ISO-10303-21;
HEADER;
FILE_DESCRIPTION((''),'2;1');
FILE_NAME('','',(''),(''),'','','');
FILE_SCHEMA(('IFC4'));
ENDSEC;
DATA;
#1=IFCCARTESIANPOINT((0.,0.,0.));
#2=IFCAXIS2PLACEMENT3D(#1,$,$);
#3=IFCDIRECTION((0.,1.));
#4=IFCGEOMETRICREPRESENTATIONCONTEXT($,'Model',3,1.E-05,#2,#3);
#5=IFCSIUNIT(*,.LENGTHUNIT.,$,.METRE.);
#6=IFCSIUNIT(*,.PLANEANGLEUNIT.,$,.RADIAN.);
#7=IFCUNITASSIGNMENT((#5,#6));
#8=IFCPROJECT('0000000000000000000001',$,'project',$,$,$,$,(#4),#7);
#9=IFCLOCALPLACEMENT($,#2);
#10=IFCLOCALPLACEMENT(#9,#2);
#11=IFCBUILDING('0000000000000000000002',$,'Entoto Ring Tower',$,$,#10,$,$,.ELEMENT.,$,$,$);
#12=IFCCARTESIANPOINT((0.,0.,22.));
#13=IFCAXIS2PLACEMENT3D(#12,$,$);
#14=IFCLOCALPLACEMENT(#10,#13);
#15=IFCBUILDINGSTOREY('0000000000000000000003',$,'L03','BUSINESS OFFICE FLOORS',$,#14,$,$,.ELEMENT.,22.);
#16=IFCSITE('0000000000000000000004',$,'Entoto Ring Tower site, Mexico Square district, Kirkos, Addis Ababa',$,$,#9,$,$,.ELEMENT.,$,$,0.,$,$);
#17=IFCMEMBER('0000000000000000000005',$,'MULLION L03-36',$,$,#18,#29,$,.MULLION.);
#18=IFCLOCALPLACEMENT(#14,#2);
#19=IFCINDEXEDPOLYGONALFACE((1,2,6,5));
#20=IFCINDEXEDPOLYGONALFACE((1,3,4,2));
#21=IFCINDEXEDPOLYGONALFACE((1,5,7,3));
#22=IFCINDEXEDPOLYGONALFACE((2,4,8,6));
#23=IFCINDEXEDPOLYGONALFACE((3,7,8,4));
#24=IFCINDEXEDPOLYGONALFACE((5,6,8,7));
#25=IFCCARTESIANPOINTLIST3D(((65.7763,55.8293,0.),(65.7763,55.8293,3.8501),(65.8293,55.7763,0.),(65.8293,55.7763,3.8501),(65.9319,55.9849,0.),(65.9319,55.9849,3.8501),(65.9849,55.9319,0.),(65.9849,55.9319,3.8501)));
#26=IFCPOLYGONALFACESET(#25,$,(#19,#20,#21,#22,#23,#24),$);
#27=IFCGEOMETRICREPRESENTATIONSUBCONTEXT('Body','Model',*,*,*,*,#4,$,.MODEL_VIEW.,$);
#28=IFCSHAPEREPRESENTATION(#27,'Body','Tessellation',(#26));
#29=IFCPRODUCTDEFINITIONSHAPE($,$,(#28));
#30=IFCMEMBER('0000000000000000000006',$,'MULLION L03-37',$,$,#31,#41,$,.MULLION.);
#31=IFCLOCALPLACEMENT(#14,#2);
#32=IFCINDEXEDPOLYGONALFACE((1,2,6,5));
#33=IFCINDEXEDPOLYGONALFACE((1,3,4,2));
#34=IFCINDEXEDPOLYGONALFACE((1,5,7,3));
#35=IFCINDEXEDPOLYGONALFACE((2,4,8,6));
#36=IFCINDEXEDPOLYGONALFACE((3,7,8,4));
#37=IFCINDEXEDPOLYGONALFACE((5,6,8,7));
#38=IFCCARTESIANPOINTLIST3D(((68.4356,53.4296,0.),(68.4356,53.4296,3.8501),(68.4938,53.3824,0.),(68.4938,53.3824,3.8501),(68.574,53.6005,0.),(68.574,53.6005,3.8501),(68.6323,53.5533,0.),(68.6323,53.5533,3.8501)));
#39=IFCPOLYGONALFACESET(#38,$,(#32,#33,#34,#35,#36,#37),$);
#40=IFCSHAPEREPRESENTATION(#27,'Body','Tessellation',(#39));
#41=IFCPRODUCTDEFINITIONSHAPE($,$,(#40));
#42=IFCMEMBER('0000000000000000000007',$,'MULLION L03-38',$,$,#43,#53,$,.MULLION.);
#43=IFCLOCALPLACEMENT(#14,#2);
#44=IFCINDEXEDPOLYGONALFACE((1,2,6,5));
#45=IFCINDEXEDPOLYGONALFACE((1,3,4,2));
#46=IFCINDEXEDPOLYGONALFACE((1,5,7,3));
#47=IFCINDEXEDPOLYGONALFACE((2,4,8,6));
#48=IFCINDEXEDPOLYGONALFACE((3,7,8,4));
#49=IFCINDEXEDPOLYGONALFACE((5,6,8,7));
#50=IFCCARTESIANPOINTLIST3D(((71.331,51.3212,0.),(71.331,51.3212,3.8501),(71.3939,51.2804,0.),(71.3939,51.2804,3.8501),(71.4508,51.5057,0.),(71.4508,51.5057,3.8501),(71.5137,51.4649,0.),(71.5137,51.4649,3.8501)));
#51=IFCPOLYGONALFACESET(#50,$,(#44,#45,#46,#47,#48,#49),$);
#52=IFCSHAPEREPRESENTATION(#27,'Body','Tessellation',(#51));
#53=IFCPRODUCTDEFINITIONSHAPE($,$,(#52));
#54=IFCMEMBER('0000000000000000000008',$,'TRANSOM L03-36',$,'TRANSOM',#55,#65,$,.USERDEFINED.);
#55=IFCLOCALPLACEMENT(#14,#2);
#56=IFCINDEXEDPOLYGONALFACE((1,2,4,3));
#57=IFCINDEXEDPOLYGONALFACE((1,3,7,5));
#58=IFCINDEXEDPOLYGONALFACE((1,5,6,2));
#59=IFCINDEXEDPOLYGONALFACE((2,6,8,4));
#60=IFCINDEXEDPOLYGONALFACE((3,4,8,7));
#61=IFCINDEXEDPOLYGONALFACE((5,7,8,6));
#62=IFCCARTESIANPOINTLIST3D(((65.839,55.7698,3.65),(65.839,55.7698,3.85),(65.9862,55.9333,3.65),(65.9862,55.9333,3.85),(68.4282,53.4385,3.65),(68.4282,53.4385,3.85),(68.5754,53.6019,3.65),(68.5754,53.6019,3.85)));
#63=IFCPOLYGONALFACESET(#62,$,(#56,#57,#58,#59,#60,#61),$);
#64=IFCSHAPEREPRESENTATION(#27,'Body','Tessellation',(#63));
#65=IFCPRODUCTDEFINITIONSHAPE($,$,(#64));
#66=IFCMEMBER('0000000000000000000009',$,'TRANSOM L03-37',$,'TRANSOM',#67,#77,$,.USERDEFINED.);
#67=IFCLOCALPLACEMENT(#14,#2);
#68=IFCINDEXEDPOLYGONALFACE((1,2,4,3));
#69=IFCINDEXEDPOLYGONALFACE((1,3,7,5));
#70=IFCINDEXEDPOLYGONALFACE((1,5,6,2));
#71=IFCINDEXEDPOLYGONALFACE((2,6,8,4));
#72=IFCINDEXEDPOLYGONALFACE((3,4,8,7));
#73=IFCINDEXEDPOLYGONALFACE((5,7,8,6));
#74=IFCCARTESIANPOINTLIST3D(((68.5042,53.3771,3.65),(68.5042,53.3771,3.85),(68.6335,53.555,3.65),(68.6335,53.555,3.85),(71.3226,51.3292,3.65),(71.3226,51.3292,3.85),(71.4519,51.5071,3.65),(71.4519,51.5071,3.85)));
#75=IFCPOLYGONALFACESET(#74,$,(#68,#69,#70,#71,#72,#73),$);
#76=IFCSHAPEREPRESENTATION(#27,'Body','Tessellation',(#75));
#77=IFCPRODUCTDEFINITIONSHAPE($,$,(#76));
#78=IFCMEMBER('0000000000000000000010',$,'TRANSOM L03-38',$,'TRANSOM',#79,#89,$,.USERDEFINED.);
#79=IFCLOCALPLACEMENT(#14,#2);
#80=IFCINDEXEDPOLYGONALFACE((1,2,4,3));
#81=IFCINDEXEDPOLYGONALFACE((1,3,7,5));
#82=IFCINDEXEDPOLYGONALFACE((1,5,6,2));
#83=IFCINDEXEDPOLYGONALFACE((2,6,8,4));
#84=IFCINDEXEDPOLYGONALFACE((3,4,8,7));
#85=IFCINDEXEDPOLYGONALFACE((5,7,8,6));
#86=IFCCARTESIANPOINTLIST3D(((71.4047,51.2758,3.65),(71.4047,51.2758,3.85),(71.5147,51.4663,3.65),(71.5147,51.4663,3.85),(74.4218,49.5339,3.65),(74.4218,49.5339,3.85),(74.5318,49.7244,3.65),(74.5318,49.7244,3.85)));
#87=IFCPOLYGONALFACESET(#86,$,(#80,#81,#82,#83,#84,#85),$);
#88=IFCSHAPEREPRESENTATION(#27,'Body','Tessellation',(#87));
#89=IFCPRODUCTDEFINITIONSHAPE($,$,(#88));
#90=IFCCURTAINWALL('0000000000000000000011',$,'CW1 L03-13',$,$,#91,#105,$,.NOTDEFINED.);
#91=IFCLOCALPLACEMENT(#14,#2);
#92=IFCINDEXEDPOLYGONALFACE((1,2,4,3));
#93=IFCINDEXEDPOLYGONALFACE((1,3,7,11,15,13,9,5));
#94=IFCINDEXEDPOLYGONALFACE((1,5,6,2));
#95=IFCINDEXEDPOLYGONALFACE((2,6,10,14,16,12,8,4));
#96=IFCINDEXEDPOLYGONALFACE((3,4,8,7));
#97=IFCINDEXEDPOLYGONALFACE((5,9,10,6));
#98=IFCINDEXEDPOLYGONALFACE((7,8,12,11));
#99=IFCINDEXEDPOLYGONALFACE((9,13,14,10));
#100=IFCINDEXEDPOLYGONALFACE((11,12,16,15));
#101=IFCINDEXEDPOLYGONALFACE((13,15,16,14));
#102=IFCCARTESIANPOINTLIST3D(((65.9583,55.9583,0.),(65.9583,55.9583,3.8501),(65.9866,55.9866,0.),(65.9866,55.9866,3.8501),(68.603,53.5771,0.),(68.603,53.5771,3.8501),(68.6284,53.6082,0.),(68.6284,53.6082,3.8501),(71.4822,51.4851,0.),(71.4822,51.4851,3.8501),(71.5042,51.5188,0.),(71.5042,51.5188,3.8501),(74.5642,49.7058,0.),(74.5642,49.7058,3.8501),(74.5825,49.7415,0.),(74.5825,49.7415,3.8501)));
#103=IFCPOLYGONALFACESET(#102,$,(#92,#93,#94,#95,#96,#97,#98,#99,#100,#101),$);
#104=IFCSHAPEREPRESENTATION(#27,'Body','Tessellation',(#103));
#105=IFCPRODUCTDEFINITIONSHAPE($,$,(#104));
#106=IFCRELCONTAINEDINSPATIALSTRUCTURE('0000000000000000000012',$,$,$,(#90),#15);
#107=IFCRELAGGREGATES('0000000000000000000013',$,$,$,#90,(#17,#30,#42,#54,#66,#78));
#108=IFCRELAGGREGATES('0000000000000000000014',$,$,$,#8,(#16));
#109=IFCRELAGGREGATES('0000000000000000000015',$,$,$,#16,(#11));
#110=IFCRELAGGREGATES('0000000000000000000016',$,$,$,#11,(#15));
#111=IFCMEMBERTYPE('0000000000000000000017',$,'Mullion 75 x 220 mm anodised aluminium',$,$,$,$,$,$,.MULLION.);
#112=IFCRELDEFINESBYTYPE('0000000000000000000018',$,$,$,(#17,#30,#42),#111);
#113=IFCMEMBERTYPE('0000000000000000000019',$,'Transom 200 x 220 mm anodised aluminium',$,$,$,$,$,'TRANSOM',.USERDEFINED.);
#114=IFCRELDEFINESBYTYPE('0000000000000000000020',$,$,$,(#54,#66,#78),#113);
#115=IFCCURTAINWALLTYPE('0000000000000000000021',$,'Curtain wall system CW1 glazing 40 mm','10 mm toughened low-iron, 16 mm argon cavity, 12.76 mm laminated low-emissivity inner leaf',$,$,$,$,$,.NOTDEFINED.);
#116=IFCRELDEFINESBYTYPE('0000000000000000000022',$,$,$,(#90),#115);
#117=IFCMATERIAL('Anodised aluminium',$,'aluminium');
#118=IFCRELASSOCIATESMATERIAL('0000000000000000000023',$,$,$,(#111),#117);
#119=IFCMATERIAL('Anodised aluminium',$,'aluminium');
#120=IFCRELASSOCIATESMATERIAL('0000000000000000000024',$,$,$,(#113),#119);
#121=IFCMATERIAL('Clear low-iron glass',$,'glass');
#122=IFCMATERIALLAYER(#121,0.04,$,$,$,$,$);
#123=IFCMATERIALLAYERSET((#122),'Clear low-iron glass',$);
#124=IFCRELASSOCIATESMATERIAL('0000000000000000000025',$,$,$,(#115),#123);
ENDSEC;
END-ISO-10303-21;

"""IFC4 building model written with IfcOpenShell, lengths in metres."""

from ifc_helpers import new_model, si_unit, direction, frame, origin, origin_2d, place, context, subcontext, project, spatial, polyline, rectangle, outline, extrude, material, layer, layer_set, material_profile, profile_set, type_object, element, aggregate, save


model = new_model("IFC4")

# Units and contexts
model_context = context("Model", 3, precision=1e-05, world=origin(), true_north=direction((0.0, 1.0)))
body_context = subcontext(model_context, "Body", "Model", "MODEL_VIEW")
ifc_project = project(units=[si_unit("LENGTHUNIT", "METRE"), si_unit("PLANEANGLEUNIT", "RADIAN")], contexts=[model_context])

# Members
ifc_material_1 = material(Name="Anodised aluminium", Category="aluminium")
ifc_material_profile_1 = material_profile(ifc_material_1, rectangle(XDim=0.075, YDim=0.22, at=origin_2d()), Name="Mullion 75 x 220 mm anodised aluminium")
ifc_profile_set_1 = profile_set([ifc_material_profile_1], Name="Anodised aluminium")
member_type_1 = type_object("IfcMemberType", Name="Mullion 75 x 220 mm anodised aluminium", PredefinedType="MULLION", material=ifc_profile_set_1)
site_placement = place(None, origin())
building_placement = place(site_placement, origin())
storey_placement = place(building_placement, frame((0.0, 0.0, 22.0)))
member_1_placement = place(storey_placement, frame((65.8806, 55.8806, 0.0), z_axis=(0.0, 0.0, 1.0), x_axis=(0.707107, -0.707107, 0.0)))
member_1 = element("IfcMember", 1, at=member_1_placement, type_object=member_type_1, Name="MULLION L03-36", PredefinedType="MULLION", context=body_context, shape_type="SweptSolid", body=[
    extrude(rectangle(XDim=0.075, YDim=0.22, at=origin_2d()), origin(), (0.0, 0.0, 1.0), 3.8501),
])
member_2_placement = place(storey_placement, frame((68.5339, 53.4915, 0.0), z_axis=(0.0, 0.0, 1.0), x_axis=(0.777146, -0.62932, 0.0)))
member_2 = element("IfcMember", 2, at=member_2_placement, type_object=member_type_1, Name="MULLION L03-37", PredefinedType="MULLION", context=body_context, shape_type="SweptSolid", body=[
    extrude(rectangle(XDim=0.075, YDim=0.22, at=origin_2d()), origin(), (0.0, 0.0, 1.0), 3.8501),
])
member_3_placement = place(storey_placement, frame((71.4224, 51.3931, 0.0), z_axis=(0.0, 0.0, 1.0), x_axis=(0.838671, -0.544639, 0.0)))
member_3 = element("IfcMember", 3, at=member_3_placement, type_object=member_type_1, Name="MULLION L03-38", PredefinedType="MULLION", context=body_context, shape_type="SweptSolid", body=[
    extrude(rectangle(XDim=0.075, YDim=0.22, at=origin_2d()), origin(), (0.0, 0.0, 1.0), 3.8501),
])
ifc_material_2 = material(Name="Anodised aluminium", Category="aluminium")
ifc_material_profile_2 = material_profile(ifc_material_2, rectangle(XDim=0.22, YDim=0.2, at=origin_2d()), Name="Transom 200 x 220 mm anodised aluminium")
ifc_profile_set_2 = profile_set([ifc_material_profile_2], Name="Anodised aluminium")
member_type_2 = type_object("IfcMemberType", Name="Transom 200 x 220 mm anodised aluminium", ElementType="TRANSOM", PredefinedType="USERDEFINED", material=ifc_profile_set_2)
member_4_placement = place(storey_placement, frame((65.9126, 55.8516, 3.75), z_axis=(0.743137, -0.669139, 0.0), x_axis=(0.669139, 0.743137, 0.0)))
member_4 = element("IfcMember", 4, at=member_4_placement, type_object=member_type_2, Name="TRANSOM L03-36", ObjectType="TRANSOM", PredefinedType="USERDEFINED", context=body_context, shape_type="SweptSolid", body=[
    extrude(rectangle(XDim=0.22, YDim=0.2, at=origin_2d()), origin(), (0.0, 0.0, 1.0), 3.4841),
])
member_5_placement = place(storey_placement, frame((68.5688, 53.4661, 3.75), z_axis=(0.808991, -0.587822, 0.0), x_axis=(0.587822, 0.808991, 0.0)))
member_5 = element("IfcMember", 5, at=member_5_placement, type_object=member_type_2, Name="TRANSOM L03-37", ObjectType="TRANSOM", PredefinedType="USERDEFINED", context=body_context, shape_type="SweptSolid", body=[
    extrude(rectangle(XDim=0.22, YDim=0.2, at=origin_2d()), origin(), (0.0, 0.0, 1.0), 3.4839),
])
member_6_placement = place(storey_placement, frame((71.4597, 51.3711, 3.75), z_axis=(0.866022, -0.500006, 0.0), x_axis=(0.500006, 0.866022, 0.0)))
member_6 = element("IfcMember", 6, at=member_6_placement, type_object=member_type_2, Name="TRANSOM L03-38", ObjectType="TRANSOM", PredefinedType="USERDEFINED", context=body_context, shape_type="SweptSolid", body=[
    extrude(rectangle(XDim=0.22, YDim=0.2, at=origin_2d()), origin(), (0.0, 0.0, 1.0), 3.4839),
])

# Site, building, storey
site = spatial("IfcSite", under=ifc_project, at=site_placement, Name="Entoto Ring Tower site, Mexico Square district, Kirkos, Addis Ababa", CompositionType="ELEMENT", RefElevation=0.0)
building = spatial("IfcBuilding", under=site, at=building_placement, Name="Entoto Ring Tower", CompositionType="ELEMENT")
storey = spatial("IfcBuildingStorey", under=building, at=storey_placement, Name="L03", Description="BUSINESS OFFICE FLOORS", CompositionType="ELEMENT", Elevation=22.0)

# Curtain wall
ifc_material_3 = material(Name="Clear low-iron glass", Category="glass")
ifc_layer = layer(ifc_material_3, 0.04)
ifc_layer_set = layer_set([ifc_layer], Name="Clear low-iron glass")
curtain_wall_type = type_object("IfcCurtainWallType", Name="Curtain wall system CW1 glazing 40 mm", Description="10 mm toughened low-iron, 16 mm argon cavity, 12.76 mm laminated low-emissivity inner leaf", PredefinedType="NOTDEFINED", material=ifc_layer_set)
curtain_wall_1_placement = place(storey_placement, origin())
curtain_wall_1 = element("IfcCurtainWall", 7, at=curtain_wall_1_placement, inside=storey, type_object=curtain_wall_type, Name="CW1 L03-13", PredefinedType="NOTDEFINED", context=body_context, shape_type="SweptSolid", body=[
    extrude(outline(polyline([(65.9583, 55.9583), (68.603, 53.5771), (71.4822, 51.4851), (74.5642, 49.7058), (74.5825, 49.7415), (71.5042, 51.5188), (68.6284, 53.6082), (65.9866, 55.9866), (65.9583, 55.9583)])), origin(), (0.0, 0.0, 1.0), 3.8501),
])
aggregate(curtain_wall_1, [member_1, member_2, member_3, member_4, member_5, member_6])

save(model, "model.ifc")
